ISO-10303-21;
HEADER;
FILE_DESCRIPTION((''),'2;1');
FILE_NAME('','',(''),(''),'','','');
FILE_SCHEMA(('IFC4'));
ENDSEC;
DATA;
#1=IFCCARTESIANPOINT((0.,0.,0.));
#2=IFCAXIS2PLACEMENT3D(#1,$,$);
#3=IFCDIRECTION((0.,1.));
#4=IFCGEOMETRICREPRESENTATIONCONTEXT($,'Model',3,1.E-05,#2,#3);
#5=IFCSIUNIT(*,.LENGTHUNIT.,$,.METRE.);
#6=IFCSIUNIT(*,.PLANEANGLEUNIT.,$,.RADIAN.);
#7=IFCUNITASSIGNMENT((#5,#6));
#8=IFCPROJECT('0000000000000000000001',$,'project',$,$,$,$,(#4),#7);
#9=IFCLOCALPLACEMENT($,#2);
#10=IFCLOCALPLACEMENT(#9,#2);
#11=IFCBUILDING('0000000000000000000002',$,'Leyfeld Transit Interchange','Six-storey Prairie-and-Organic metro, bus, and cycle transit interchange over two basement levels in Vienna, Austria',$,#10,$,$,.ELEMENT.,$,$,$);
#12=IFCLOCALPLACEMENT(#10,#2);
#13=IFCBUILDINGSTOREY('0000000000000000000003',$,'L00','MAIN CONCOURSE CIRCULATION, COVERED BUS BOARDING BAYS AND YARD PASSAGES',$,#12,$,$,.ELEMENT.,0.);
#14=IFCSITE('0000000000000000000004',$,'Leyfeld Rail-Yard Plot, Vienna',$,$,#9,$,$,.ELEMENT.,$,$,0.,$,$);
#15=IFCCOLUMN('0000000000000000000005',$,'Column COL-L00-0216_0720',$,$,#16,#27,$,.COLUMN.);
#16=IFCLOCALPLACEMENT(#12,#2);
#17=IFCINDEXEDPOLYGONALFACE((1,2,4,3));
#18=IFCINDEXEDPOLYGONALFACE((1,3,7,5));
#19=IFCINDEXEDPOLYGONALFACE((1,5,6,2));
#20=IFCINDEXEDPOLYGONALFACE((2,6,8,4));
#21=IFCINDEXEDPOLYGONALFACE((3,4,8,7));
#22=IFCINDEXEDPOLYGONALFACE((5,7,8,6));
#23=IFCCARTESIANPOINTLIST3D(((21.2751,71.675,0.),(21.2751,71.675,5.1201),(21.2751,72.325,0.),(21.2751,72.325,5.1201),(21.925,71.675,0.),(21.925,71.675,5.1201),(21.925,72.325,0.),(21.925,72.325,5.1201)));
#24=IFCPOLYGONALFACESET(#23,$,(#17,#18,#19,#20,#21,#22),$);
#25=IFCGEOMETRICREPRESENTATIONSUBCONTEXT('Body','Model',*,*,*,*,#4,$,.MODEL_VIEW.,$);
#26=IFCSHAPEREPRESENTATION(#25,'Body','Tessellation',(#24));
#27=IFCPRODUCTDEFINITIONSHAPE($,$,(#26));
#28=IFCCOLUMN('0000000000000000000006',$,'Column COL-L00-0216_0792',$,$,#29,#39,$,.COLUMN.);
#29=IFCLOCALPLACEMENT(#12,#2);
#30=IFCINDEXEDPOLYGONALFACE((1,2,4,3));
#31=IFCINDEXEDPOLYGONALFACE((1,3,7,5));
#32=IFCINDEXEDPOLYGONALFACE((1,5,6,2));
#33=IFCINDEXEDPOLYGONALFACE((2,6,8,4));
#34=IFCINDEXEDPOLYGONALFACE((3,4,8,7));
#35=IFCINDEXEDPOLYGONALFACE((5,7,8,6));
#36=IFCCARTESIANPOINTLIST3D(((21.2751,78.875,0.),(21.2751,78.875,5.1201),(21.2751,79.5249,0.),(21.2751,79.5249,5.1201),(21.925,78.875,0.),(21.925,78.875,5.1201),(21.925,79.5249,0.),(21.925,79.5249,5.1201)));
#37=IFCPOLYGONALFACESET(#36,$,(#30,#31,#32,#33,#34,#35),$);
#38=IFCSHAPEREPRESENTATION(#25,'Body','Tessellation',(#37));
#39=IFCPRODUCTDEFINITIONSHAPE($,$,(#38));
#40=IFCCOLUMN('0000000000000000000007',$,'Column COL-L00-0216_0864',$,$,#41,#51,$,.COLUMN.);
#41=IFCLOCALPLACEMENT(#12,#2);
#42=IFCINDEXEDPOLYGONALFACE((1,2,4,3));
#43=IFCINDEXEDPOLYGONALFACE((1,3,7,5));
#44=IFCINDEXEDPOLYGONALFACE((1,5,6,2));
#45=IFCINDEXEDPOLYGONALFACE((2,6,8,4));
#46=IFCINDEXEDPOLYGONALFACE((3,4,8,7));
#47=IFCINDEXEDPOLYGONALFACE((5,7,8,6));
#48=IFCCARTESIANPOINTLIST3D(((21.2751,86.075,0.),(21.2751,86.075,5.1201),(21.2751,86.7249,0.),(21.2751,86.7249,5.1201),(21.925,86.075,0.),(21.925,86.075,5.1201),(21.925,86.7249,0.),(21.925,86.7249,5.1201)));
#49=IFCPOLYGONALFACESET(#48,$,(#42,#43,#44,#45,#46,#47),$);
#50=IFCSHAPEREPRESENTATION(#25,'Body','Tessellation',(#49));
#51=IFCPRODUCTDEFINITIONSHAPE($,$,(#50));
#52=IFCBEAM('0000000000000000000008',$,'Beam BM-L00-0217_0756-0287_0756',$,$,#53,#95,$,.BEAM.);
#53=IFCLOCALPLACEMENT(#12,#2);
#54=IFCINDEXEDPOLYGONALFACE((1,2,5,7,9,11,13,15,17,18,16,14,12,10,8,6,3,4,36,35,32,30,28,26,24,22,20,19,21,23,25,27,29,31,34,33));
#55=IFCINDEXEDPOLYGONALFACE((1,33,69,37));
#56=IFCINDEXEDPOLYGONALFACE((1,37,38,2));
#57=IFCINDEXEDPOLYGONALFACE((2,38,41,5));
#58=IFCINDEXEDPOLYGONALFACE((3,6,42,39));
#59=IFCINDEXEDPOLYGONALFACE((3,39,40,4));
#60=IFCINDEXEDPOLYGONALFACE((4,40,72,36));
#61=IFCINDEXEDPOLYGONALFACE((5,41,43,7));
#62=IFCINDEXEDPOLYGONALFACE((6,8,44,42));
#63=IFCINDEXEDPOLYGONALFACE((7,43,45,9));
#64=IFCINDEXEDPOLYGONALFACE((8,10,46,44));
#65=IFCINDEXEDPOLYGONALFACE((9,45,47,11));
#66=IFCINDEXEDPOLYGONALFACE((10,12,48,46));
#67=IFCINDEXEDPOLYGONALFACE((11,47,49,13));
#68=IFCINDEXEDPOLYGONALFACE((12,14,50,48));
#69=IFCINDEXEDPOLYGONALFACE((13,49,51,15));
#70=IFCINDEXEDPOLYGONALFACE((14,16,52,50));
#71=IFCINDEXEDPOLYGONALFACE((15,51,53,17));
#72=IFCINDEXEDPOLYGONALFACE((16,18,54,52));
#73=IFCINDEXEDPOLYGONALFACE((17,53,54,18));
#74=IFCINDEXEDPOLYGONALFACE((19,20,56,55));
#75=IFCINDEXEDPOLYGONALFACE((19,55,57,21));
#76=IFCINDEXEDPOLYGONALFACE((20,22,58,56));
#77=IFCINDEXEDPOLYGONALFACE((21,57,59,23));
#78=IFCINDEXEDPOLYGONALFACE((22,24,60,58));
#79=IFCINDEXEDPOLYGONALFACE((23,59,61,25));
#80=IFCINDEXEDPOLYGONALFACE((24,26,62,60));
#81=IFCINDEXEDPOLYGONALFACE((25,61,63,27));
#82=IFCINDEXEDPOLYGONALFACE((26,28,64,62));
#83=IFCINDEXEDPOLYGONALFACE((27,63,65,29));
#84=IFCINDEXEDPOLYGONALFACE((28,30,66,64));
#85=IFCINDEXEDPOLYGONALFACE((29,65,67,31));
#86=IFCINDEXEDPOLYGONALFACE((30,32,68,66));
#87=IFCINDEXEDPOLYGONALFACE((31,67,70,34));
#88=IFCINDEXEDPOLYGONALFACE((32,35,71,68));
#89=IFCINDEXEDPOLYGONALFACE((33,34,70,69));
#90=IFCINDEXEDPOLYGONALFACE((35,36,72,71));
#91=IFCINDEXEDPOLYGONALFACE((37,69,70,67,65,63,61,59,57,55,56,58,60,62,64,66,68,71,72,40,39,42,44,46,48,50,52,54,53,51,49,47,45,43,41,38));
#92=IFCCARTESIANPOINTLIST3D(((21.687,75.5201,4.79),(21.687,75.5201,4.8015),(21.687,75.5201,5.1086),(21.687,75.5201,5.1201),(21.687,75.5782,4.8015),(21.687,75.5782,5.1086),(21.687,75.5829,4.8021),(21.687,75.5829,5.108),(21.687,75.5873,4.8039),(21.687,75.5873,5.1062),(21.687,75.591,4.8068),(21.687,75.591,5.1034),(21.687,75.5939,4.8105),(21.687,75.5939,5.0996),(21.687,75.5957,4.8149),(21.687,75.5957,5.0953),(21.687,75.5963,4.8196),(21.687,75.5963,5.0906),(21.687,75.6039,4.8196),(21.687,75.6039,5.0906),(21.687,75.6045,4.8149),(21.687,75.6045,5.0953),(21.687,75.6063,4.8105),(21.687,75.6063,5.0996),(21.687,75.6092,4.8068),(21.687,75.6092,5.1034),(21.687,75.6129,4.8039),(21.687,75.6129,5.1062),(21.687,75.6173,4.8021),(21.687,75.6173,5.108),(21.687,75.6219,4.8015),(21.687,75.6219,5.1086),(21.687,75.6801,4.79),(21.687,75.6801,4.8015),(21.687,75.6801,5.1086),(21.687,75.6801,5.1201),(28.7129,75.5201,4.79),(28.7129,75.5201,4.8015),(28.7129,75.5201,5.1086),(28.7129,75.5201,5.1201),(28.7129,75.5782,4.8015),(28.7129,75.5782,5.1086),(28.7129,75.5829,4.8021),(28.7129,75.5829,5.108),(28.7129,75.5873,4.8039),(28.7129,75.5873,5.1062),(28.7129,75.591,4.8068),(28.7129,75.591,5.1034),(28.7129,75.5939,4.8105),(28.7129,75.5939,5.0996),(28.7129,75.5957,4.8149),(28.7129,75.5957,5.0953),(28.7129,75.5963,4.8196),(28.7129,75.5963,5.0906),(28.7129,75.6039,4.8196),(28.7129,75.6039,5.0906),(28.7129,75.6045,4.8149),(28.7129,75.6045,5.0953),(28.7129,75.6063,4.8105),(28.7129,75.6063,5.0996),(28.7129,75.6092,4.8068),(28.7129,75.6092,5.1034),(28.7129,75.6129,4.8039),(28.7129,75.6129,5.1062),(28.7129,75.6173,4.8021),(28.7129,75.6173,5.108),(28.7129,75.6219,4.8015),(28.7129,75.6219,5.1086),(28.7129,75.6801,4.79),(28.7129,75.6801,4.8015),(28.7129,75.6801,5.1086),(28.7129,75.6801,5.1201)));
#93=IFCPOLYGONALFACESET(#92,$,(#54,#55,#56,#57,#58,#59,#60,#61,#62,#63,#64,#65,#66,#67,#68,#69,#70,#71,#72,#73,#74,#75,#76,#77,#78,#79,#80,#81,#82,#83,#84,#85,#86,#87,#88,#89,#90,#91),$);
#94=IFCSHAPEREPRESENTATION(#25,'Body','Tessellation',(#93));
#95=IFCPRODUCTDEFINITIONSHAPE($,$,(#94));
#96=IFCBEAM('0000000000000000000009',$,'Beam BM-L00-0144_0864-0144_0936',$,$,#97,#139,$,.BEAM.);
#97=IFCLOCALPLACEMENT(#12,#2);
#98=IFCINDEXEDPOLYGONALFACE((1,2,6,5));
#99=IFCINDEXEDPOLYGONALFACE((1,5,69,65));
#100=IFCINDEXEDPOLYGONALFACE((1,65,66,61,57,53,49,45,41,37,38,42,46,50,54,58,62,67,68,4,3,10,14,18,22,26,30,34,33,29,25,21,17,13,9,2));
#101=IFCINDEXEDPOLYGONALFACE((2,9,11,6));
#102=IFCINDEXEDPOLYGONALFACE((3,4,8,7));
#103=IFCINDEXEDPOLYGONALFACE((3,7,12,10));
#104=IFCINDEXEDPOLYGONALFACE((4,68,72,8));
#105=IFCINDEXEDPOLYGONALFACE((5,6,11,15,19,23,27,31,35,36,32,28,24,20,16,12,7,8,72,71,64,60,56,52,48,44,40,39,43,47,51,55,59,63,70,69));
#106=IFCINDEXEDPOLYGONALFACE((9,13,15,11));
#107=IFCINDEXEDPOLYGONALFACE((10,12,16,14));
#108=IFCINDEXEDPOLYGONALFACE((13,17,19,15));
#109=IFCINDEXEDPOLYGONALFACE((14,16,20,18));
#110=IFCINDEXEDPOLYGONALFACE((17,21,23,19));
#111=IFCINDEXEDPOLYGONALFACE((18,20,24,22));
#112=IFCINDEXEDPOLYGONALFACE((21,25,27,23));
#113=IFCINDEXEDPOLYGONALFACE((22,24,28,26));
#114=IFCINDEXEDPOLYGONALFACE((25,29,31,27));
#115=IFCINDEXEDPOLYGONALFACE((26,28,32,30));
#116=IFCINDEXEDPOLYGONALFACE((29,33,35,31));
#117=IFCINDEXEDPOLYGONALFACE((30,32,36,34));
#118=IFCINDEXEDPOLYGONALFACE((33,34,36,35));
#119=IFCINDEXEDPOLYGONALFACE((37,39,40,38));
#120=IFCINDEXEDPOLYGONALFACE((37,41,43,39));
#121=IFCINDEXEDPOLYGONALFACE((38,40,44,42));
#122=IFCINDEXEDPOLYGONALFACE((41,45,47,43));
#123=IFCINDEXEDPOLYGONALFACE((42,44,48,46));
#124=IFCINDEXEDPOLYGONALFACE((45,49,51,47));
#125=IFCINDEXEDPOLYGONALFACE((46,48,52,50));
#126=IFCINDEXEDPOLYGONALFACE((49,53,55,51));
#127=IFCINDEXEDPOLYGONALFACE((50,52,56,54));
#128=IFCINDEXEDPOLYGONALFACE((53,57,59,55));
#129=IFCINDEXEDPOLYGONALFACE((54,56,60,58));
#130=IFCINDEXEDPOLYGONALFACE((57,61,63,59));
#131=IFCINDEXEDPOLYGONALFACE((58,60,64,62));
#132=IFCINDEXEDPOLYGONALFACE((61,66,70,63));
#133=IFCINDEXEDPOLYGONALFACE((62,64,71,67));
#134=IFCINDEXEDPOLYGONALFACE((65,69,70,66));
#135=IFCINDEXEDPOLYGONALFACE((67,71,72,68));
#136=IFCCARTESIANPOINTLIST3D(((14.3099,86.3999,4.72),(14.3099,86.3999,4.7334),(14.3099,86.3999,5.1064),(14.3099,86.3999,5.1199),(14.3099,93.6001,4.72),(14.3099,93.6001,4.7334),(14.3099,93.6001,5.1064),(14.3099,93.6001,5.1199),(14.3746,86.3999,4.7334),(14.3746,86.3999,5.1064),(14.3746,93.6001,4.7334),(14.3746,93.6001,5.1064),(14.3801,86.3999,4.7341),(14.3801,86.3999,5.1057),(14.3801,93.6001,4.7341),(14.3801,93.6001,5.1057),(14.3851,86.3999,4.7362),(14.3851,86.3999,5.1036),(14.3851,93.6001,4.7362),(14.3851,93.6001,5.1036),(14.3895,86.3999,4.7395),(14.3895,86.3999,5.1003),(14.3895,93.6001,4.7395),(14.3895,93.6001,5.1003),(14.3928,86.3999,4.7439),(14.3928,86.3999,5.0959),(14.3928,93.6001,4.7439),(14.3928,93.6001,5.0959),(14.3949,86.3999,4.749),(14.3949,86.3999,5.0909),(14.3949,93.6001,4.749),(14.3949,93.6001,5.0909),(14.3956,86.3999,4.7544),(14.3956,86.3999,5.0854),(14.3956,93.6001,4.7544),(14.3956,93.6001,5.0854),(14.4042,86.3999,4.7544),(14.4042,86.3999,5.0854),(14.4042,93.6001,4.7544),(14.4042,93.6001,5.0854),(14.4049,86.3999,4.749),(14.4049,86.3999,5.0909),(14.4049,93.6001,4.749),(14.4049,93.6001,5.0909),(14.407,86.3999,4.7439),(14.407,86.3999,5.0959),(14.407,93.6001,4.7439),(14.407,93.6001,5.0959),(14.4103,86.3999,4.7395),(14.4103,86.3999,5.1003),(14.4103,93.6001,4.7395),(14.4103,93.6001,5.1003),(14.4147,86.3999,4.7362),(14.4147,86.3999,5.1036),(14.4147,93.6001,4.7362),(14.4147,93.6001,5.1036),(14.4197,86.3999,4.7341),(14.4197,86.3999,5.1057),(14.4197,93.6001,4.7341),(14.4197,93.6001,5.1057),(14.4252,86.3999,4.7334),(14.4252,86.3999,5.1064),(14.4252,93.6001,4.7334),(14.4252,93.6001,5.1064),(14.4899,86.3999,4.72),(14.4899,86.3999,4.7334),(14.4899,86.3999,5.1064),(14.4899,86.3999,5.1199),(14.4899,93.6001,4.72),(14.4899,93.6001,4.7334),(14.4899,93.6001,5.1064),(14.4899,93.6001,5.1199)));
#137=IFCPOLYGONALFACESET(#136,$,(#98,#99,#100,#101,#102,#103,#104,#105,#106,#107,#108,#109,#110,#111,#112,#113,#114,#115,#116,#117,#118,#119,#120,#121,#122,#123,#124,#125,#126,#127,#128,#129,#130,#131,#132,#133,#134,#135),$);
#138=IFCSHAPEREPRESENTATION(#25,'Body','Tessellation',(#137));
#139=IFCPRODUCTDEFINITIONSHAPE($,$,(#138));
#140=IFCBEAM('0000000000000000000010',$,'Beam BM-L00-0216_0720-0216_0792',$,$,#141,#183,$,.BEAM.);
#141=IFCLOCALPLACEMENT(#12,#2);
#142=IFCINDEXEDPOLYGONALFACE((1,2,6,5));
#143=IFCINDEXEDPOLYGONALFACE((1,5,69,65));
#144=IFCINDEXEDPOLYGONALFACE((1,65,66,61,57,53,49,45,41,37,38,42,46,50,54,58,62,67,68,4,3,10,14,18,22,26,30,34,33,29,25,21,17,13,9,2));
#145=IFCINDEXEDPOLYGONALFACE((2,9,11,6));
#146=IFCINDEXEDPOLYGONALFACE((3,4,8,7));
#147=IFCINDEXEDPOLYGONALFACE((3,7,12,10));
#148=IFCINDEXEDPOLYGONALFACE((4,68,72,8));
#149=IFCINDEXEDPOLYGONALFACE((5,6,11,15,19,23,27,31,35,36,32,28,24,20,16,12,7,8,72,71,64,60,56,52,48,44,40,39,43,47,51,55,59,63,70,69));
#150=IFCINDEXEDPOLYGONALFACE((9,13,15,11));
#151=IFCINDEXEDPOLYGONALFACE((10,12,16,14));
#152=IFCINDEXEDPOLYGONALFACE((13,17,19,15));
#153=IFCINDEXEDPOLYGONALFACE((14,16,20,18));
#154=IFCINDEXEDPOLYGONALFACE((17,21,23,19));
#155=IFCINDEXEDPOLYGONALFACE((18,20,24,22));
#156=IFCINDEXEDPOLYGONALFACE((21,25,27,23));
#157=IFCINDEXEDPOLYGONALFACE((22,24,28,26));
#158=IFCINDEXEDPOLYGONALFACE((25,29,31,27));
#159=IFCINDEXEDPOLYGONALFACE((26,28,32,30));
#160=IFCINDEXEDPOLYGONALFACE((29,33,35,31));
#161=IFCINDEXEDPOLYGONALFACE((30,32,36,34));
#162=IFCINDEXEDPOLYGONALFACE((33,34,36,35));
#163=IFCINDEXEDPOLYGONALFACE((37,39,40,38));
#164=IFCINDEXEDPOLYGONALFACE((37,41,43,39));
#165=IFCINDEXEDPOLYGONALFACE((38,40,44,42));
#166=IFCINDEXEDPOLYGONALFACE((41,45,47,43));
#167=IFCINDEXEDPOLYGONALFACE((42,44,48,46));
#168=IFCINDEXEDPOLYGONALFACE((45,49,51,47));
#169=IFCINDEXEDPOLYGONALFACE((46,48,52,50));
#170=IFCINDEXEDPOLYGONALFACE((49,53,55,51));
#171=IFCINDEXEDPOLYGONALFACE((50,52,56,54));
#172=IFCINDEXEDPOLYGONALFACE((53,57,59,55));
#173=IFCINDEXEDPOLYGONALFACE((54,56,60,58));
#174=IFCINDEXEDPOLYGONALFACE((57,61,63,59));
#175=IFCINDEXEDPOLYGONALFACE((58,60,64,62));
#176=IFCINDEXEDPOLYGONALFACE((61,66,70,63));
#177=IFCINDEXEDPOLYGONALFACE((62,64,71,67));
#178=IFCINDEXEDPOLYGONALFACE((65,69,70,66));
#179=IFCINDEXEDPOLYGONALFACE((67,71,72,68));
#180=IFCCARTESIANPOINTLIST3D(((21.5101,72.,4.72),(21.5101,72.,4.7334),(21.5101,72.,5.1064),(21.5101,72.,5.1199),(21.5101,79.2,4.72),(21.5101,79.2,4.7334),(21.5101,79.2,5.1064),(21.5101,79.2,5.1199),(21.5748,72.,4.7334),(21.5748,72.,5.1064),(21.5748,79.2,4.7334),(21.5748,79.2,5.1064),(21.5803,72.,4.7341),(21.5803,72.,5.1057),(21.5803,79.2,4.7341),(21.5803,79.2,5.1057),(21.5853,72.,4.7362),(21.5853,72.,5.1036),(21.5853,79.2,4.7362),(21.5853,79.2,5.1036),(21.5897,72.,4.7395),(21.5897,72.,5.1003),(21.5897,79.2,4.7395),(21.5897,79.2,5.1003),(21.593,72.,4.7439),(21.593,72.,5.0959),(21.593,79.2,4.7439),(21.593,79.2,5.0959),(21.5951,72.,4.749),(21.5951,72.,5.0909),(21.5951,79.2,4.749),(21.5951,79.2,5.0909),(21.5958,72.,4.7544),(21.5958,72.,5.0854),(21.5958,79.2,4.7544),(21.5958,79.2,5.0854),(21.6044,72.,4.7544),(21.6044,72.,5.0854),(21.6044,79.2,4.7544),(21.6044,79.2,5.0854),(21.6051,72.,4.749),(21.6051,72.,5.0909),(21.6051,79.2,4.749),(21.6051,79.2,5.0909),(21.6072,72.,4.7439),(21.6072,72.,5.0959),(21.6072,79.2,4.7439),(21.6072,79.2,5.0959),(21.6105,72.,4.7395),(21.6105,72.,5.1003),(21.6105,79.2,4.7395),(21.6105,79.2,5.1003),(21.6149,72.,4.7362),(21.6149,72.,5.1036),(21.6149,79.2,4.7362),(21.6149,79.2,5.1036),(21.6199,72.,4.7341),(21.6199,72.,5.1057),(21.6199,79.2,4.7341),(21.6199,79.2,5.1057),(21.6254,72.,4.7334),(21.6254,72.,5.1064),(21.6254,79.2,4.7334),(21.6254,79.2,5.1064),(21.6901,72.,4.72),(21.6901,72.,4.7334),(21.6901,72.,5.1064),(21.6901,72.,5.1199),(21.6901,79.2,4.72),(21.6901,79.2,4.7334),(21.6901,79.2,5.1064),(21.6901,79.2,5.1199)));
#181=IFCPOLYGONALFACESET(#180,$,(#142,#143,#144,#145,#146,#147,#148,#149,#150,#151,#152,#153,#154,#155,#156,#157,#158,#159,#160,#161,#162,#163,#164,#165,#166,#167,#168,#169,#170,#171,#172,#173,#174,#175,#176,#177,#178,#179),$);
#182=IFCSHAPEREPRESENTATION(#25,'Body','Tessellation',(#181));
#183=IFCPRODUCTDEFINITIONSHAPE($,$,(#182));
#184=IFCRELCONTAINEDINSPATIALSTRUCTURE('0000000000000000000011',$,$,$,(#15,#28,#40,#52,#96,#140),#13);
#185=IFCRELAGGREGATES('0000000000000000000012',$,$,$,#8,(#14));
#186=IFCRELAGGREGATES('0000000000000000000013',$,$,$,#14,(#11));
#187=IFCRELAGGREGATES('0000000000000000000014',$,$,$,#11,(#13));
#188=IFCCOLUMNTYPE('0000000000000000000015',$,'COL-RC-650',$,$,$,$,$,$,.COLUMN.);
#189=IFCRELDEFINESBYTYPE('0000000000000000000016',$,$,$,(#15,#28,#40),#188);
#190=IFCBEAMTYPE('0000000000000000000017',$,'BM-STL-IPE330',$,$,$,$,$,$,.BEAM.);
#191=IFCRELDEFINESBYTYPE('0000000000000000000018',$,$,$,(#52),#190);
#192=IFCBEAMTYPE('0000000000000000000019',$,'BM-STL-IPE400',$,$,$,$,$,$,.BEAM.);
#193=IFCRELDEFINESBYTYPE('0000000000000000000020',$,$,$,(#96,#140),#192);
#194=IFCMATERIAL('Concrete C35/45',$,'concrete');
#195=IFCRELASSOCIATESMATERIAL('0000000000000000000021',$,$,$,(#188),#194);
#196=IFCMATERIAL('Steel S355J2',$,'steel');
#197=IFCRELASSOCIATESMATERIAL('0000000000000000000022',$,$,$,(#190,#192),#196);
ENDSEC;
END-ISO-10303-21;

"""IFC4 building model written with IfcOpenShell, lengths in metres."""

from ifc_helpers import new_model, si_unit, direction, frame, origin, origin_2d, place, context, subcontext, project, spatial, rectangle, i_section, extrude, material, material_profile, profile_set, type_object, element, save


model = new_model("IFC4")

# Units and contexts
model_context = context("Model", 3, precision=1e-05, world=origin(), true_north=direction((0.0, 1.0)))
body_context = subcontext(model_context, "Body", "Model", "MODEL_VIEW")
ifc_project = project(units=[si_unit("LENGTHUNIT", "METRE"), si_unit("PLANEANGLEUNIT", "RADIAN")], contexts=[model_context])

# Site, building, storey
site_placement = place(None, origin())
site = spatial("IfcSite", under=ifc_project, at=site_placement, Name="Leyfeld Rail-Yard Plot, Vienna", CompositionType="ELEMENT", RefElevation=0.0)
building_placement = place(site_placement, origin())
building = spatial("IfcBuilding", under=site, at=building_placement, Name="Leyfeld Transit Interchange", Description="Six-storey Prairie-and-Organic metro, bus, and cycle transit interchange over two basement levels in Vienna, Austria", CompositionType="ELEMENT")
storey_placement = place(building_placement, origin())
storey = spatial("IfcBuildingStorey", under=building, at=storey_placement, Name="L00", Description="MAIN CONCOURSE CIRCULATION, COVERED BUS BOARDING BAYS AND YARD PASSAGES", CompositionType="ELEMENT", Elevation=0.0)

# Columns
ifc_material_1 = material(Name="Concrete C35/45", Category="concrete")
ifc_material_profile_1 = material_profile(ifc_material_1, rectangle(XDim=0.6499, YDim=0.6499, at=origin_2d()), Name="RC 650x650")
ifc_profile_set_1 = profile_set([ifc_material_profile_1], Name="Concrete C35/45")
column_type = type_object("IfcColumnType", Name="COL-RC-650", PredefinedType="COLUMN", material=ifc_profile_set_1)
for number, where, z_axis, x_axis, name in (
    (1, (21.6001, 72.0, 0.0), (0.0, 0.0, 1.0), (1.0, 0.0, 0.0), "Column COL-L00-0216_0720"),
    (2, (21.6001, 79.2, 0.0), (0.0, 0.0, 1.0), (1.0, 0.0, 0.0), "Column COL-L00-0216_0792"),
    (3, (21.6001, 86.3999, 0.0), (0.0, 0.0, 1.0), (1.0, 0.0, 0.0), "Column COL-L00-0216_0864"),
):
    element("IfcColumn", number, at=place(storey_placement, frame(where, z_axis=z_axis, x_axis=x_axis)), inside=storey, type_object=column_type, Name=name, PredefinedType="COLUMN", context=body_context, shape_type="SweptSolid", body=[
        extrude(rectangle(XDim=0.6499, YDim=0.6499, at=origin_2d()), origin(), (0.0, 0.0, 1.0), 5.1201),
    ])

# Beams
ifc_material_2 = material(Name="Steel S355J2", Category="steel")
ifc_material_profile_2 = material_profile(ifc_material_2, i_section(OverallWidth=0.1599, OverallDepth=0.3301, WebThickness=0.0076, FlangeThickness=0.0115, FilletRadius=0.0181, at=origin_2d()), Name="IPE 330")
ifc_profile_set_2 = profile_set([ifc_material_profile_2], Name="Steel S355J2")
beam_type_1 = type_object("IfcBeamType", Name="BM-STL-IPE330", PredefinedType="BEAM", material=ifc_profile_set_2)
beam_1_placement = place(storey_placement, frame((21.687, 75.6001, 4.9551), z_axis=(1.0, 0.0, 0.0), x_axis=(0.0, 1.0, 0.0)))
element("IfcBeam", 4, at=beam_1_placement, inside=storey, type_object=beam_type_1, Name="Beam BM-L00-0217_0756-0287_0756", PredefinedType="BEAM", context=body_context, shape_type="SweptSolid", body=[
    extrude(i_section(OverallWidth=0.1599, OverallDepth=0.3301, WebThickness=0.0076, FlangeThickness=0.0115, FilletRadius=0.0181, at=origin_2d()), origin(), (0.0, 0.0, 1.0), 7.0259),
])
ifc_material_profile_3 = material_profile(ifc_material_2, i_section(OverallWidth=0.1799, OverallDepth=0.3999, WebThickness=0.0085, FlangeThickness=0.0134, FilletRadius=0.021, at=origin_2d()), Name="IPE 400")
ifc_profile_set_3 = profile_set([ifc_material_profile_3], Name="Steel S355J2")
beam_type_2 = type_object("IfcBeamType", Name="BM-STL-IPE400", PredefinedType="BEAM", material=ifc_profile_set_3)
beam_2_placement = place(storey_placement, frame((14.3999, 86.3999, 4.9199), z_axis=(0.0, 1.0, 0.0), x_axis=(-1.0, 0.0, 0.0)))
element("IfcBeam", 5, at=beam_2_placement, inside=storey, type_object=beam_type_2, Name="Beam BM-L00-0144_0864-0144_0936", PredefinedType="BEAM", context=body_context, shape_type="SweptSolid", body=[
    extrude(i_section(OverallWidth=0.1799, OverallDepth=0.3999, WebThickness=0.0085, FlangeThickness=0.0134, FilletRadius=0.021, at=origin_2d()), origin(), (0.0, 0.0, 1.0), 7.2002),
])
for number, where, z_axis, x_axis, name in (
    (6, (21.6001, 72.0, 4.9199), (0.0, 1.0, 0.0), (-1.0, 0.0, 0.0), "Beam BM-L00-0216_0720-0216_0792"),
):
    element("IfcBeam", number, at=place(storey_placement, frame(where, z_axis=z_axis, x_axis=x_axis)), inside=storey, type_object=beam_type_2, Name=name, PredefinedType="BEAM", context=body_context, shape_type="SweptSolid", body=[
        extrude(i_section(OverallWidth=0.1799, OverallDepth=0.3999, WebThickness=0.0085, FlangeThickness=0.0134, FilletRadius=0.021, at=origin_2d()), origin(), (0.0, 0.0, 1.0), 7.2),
    ])

save(model, "model.ifc")
